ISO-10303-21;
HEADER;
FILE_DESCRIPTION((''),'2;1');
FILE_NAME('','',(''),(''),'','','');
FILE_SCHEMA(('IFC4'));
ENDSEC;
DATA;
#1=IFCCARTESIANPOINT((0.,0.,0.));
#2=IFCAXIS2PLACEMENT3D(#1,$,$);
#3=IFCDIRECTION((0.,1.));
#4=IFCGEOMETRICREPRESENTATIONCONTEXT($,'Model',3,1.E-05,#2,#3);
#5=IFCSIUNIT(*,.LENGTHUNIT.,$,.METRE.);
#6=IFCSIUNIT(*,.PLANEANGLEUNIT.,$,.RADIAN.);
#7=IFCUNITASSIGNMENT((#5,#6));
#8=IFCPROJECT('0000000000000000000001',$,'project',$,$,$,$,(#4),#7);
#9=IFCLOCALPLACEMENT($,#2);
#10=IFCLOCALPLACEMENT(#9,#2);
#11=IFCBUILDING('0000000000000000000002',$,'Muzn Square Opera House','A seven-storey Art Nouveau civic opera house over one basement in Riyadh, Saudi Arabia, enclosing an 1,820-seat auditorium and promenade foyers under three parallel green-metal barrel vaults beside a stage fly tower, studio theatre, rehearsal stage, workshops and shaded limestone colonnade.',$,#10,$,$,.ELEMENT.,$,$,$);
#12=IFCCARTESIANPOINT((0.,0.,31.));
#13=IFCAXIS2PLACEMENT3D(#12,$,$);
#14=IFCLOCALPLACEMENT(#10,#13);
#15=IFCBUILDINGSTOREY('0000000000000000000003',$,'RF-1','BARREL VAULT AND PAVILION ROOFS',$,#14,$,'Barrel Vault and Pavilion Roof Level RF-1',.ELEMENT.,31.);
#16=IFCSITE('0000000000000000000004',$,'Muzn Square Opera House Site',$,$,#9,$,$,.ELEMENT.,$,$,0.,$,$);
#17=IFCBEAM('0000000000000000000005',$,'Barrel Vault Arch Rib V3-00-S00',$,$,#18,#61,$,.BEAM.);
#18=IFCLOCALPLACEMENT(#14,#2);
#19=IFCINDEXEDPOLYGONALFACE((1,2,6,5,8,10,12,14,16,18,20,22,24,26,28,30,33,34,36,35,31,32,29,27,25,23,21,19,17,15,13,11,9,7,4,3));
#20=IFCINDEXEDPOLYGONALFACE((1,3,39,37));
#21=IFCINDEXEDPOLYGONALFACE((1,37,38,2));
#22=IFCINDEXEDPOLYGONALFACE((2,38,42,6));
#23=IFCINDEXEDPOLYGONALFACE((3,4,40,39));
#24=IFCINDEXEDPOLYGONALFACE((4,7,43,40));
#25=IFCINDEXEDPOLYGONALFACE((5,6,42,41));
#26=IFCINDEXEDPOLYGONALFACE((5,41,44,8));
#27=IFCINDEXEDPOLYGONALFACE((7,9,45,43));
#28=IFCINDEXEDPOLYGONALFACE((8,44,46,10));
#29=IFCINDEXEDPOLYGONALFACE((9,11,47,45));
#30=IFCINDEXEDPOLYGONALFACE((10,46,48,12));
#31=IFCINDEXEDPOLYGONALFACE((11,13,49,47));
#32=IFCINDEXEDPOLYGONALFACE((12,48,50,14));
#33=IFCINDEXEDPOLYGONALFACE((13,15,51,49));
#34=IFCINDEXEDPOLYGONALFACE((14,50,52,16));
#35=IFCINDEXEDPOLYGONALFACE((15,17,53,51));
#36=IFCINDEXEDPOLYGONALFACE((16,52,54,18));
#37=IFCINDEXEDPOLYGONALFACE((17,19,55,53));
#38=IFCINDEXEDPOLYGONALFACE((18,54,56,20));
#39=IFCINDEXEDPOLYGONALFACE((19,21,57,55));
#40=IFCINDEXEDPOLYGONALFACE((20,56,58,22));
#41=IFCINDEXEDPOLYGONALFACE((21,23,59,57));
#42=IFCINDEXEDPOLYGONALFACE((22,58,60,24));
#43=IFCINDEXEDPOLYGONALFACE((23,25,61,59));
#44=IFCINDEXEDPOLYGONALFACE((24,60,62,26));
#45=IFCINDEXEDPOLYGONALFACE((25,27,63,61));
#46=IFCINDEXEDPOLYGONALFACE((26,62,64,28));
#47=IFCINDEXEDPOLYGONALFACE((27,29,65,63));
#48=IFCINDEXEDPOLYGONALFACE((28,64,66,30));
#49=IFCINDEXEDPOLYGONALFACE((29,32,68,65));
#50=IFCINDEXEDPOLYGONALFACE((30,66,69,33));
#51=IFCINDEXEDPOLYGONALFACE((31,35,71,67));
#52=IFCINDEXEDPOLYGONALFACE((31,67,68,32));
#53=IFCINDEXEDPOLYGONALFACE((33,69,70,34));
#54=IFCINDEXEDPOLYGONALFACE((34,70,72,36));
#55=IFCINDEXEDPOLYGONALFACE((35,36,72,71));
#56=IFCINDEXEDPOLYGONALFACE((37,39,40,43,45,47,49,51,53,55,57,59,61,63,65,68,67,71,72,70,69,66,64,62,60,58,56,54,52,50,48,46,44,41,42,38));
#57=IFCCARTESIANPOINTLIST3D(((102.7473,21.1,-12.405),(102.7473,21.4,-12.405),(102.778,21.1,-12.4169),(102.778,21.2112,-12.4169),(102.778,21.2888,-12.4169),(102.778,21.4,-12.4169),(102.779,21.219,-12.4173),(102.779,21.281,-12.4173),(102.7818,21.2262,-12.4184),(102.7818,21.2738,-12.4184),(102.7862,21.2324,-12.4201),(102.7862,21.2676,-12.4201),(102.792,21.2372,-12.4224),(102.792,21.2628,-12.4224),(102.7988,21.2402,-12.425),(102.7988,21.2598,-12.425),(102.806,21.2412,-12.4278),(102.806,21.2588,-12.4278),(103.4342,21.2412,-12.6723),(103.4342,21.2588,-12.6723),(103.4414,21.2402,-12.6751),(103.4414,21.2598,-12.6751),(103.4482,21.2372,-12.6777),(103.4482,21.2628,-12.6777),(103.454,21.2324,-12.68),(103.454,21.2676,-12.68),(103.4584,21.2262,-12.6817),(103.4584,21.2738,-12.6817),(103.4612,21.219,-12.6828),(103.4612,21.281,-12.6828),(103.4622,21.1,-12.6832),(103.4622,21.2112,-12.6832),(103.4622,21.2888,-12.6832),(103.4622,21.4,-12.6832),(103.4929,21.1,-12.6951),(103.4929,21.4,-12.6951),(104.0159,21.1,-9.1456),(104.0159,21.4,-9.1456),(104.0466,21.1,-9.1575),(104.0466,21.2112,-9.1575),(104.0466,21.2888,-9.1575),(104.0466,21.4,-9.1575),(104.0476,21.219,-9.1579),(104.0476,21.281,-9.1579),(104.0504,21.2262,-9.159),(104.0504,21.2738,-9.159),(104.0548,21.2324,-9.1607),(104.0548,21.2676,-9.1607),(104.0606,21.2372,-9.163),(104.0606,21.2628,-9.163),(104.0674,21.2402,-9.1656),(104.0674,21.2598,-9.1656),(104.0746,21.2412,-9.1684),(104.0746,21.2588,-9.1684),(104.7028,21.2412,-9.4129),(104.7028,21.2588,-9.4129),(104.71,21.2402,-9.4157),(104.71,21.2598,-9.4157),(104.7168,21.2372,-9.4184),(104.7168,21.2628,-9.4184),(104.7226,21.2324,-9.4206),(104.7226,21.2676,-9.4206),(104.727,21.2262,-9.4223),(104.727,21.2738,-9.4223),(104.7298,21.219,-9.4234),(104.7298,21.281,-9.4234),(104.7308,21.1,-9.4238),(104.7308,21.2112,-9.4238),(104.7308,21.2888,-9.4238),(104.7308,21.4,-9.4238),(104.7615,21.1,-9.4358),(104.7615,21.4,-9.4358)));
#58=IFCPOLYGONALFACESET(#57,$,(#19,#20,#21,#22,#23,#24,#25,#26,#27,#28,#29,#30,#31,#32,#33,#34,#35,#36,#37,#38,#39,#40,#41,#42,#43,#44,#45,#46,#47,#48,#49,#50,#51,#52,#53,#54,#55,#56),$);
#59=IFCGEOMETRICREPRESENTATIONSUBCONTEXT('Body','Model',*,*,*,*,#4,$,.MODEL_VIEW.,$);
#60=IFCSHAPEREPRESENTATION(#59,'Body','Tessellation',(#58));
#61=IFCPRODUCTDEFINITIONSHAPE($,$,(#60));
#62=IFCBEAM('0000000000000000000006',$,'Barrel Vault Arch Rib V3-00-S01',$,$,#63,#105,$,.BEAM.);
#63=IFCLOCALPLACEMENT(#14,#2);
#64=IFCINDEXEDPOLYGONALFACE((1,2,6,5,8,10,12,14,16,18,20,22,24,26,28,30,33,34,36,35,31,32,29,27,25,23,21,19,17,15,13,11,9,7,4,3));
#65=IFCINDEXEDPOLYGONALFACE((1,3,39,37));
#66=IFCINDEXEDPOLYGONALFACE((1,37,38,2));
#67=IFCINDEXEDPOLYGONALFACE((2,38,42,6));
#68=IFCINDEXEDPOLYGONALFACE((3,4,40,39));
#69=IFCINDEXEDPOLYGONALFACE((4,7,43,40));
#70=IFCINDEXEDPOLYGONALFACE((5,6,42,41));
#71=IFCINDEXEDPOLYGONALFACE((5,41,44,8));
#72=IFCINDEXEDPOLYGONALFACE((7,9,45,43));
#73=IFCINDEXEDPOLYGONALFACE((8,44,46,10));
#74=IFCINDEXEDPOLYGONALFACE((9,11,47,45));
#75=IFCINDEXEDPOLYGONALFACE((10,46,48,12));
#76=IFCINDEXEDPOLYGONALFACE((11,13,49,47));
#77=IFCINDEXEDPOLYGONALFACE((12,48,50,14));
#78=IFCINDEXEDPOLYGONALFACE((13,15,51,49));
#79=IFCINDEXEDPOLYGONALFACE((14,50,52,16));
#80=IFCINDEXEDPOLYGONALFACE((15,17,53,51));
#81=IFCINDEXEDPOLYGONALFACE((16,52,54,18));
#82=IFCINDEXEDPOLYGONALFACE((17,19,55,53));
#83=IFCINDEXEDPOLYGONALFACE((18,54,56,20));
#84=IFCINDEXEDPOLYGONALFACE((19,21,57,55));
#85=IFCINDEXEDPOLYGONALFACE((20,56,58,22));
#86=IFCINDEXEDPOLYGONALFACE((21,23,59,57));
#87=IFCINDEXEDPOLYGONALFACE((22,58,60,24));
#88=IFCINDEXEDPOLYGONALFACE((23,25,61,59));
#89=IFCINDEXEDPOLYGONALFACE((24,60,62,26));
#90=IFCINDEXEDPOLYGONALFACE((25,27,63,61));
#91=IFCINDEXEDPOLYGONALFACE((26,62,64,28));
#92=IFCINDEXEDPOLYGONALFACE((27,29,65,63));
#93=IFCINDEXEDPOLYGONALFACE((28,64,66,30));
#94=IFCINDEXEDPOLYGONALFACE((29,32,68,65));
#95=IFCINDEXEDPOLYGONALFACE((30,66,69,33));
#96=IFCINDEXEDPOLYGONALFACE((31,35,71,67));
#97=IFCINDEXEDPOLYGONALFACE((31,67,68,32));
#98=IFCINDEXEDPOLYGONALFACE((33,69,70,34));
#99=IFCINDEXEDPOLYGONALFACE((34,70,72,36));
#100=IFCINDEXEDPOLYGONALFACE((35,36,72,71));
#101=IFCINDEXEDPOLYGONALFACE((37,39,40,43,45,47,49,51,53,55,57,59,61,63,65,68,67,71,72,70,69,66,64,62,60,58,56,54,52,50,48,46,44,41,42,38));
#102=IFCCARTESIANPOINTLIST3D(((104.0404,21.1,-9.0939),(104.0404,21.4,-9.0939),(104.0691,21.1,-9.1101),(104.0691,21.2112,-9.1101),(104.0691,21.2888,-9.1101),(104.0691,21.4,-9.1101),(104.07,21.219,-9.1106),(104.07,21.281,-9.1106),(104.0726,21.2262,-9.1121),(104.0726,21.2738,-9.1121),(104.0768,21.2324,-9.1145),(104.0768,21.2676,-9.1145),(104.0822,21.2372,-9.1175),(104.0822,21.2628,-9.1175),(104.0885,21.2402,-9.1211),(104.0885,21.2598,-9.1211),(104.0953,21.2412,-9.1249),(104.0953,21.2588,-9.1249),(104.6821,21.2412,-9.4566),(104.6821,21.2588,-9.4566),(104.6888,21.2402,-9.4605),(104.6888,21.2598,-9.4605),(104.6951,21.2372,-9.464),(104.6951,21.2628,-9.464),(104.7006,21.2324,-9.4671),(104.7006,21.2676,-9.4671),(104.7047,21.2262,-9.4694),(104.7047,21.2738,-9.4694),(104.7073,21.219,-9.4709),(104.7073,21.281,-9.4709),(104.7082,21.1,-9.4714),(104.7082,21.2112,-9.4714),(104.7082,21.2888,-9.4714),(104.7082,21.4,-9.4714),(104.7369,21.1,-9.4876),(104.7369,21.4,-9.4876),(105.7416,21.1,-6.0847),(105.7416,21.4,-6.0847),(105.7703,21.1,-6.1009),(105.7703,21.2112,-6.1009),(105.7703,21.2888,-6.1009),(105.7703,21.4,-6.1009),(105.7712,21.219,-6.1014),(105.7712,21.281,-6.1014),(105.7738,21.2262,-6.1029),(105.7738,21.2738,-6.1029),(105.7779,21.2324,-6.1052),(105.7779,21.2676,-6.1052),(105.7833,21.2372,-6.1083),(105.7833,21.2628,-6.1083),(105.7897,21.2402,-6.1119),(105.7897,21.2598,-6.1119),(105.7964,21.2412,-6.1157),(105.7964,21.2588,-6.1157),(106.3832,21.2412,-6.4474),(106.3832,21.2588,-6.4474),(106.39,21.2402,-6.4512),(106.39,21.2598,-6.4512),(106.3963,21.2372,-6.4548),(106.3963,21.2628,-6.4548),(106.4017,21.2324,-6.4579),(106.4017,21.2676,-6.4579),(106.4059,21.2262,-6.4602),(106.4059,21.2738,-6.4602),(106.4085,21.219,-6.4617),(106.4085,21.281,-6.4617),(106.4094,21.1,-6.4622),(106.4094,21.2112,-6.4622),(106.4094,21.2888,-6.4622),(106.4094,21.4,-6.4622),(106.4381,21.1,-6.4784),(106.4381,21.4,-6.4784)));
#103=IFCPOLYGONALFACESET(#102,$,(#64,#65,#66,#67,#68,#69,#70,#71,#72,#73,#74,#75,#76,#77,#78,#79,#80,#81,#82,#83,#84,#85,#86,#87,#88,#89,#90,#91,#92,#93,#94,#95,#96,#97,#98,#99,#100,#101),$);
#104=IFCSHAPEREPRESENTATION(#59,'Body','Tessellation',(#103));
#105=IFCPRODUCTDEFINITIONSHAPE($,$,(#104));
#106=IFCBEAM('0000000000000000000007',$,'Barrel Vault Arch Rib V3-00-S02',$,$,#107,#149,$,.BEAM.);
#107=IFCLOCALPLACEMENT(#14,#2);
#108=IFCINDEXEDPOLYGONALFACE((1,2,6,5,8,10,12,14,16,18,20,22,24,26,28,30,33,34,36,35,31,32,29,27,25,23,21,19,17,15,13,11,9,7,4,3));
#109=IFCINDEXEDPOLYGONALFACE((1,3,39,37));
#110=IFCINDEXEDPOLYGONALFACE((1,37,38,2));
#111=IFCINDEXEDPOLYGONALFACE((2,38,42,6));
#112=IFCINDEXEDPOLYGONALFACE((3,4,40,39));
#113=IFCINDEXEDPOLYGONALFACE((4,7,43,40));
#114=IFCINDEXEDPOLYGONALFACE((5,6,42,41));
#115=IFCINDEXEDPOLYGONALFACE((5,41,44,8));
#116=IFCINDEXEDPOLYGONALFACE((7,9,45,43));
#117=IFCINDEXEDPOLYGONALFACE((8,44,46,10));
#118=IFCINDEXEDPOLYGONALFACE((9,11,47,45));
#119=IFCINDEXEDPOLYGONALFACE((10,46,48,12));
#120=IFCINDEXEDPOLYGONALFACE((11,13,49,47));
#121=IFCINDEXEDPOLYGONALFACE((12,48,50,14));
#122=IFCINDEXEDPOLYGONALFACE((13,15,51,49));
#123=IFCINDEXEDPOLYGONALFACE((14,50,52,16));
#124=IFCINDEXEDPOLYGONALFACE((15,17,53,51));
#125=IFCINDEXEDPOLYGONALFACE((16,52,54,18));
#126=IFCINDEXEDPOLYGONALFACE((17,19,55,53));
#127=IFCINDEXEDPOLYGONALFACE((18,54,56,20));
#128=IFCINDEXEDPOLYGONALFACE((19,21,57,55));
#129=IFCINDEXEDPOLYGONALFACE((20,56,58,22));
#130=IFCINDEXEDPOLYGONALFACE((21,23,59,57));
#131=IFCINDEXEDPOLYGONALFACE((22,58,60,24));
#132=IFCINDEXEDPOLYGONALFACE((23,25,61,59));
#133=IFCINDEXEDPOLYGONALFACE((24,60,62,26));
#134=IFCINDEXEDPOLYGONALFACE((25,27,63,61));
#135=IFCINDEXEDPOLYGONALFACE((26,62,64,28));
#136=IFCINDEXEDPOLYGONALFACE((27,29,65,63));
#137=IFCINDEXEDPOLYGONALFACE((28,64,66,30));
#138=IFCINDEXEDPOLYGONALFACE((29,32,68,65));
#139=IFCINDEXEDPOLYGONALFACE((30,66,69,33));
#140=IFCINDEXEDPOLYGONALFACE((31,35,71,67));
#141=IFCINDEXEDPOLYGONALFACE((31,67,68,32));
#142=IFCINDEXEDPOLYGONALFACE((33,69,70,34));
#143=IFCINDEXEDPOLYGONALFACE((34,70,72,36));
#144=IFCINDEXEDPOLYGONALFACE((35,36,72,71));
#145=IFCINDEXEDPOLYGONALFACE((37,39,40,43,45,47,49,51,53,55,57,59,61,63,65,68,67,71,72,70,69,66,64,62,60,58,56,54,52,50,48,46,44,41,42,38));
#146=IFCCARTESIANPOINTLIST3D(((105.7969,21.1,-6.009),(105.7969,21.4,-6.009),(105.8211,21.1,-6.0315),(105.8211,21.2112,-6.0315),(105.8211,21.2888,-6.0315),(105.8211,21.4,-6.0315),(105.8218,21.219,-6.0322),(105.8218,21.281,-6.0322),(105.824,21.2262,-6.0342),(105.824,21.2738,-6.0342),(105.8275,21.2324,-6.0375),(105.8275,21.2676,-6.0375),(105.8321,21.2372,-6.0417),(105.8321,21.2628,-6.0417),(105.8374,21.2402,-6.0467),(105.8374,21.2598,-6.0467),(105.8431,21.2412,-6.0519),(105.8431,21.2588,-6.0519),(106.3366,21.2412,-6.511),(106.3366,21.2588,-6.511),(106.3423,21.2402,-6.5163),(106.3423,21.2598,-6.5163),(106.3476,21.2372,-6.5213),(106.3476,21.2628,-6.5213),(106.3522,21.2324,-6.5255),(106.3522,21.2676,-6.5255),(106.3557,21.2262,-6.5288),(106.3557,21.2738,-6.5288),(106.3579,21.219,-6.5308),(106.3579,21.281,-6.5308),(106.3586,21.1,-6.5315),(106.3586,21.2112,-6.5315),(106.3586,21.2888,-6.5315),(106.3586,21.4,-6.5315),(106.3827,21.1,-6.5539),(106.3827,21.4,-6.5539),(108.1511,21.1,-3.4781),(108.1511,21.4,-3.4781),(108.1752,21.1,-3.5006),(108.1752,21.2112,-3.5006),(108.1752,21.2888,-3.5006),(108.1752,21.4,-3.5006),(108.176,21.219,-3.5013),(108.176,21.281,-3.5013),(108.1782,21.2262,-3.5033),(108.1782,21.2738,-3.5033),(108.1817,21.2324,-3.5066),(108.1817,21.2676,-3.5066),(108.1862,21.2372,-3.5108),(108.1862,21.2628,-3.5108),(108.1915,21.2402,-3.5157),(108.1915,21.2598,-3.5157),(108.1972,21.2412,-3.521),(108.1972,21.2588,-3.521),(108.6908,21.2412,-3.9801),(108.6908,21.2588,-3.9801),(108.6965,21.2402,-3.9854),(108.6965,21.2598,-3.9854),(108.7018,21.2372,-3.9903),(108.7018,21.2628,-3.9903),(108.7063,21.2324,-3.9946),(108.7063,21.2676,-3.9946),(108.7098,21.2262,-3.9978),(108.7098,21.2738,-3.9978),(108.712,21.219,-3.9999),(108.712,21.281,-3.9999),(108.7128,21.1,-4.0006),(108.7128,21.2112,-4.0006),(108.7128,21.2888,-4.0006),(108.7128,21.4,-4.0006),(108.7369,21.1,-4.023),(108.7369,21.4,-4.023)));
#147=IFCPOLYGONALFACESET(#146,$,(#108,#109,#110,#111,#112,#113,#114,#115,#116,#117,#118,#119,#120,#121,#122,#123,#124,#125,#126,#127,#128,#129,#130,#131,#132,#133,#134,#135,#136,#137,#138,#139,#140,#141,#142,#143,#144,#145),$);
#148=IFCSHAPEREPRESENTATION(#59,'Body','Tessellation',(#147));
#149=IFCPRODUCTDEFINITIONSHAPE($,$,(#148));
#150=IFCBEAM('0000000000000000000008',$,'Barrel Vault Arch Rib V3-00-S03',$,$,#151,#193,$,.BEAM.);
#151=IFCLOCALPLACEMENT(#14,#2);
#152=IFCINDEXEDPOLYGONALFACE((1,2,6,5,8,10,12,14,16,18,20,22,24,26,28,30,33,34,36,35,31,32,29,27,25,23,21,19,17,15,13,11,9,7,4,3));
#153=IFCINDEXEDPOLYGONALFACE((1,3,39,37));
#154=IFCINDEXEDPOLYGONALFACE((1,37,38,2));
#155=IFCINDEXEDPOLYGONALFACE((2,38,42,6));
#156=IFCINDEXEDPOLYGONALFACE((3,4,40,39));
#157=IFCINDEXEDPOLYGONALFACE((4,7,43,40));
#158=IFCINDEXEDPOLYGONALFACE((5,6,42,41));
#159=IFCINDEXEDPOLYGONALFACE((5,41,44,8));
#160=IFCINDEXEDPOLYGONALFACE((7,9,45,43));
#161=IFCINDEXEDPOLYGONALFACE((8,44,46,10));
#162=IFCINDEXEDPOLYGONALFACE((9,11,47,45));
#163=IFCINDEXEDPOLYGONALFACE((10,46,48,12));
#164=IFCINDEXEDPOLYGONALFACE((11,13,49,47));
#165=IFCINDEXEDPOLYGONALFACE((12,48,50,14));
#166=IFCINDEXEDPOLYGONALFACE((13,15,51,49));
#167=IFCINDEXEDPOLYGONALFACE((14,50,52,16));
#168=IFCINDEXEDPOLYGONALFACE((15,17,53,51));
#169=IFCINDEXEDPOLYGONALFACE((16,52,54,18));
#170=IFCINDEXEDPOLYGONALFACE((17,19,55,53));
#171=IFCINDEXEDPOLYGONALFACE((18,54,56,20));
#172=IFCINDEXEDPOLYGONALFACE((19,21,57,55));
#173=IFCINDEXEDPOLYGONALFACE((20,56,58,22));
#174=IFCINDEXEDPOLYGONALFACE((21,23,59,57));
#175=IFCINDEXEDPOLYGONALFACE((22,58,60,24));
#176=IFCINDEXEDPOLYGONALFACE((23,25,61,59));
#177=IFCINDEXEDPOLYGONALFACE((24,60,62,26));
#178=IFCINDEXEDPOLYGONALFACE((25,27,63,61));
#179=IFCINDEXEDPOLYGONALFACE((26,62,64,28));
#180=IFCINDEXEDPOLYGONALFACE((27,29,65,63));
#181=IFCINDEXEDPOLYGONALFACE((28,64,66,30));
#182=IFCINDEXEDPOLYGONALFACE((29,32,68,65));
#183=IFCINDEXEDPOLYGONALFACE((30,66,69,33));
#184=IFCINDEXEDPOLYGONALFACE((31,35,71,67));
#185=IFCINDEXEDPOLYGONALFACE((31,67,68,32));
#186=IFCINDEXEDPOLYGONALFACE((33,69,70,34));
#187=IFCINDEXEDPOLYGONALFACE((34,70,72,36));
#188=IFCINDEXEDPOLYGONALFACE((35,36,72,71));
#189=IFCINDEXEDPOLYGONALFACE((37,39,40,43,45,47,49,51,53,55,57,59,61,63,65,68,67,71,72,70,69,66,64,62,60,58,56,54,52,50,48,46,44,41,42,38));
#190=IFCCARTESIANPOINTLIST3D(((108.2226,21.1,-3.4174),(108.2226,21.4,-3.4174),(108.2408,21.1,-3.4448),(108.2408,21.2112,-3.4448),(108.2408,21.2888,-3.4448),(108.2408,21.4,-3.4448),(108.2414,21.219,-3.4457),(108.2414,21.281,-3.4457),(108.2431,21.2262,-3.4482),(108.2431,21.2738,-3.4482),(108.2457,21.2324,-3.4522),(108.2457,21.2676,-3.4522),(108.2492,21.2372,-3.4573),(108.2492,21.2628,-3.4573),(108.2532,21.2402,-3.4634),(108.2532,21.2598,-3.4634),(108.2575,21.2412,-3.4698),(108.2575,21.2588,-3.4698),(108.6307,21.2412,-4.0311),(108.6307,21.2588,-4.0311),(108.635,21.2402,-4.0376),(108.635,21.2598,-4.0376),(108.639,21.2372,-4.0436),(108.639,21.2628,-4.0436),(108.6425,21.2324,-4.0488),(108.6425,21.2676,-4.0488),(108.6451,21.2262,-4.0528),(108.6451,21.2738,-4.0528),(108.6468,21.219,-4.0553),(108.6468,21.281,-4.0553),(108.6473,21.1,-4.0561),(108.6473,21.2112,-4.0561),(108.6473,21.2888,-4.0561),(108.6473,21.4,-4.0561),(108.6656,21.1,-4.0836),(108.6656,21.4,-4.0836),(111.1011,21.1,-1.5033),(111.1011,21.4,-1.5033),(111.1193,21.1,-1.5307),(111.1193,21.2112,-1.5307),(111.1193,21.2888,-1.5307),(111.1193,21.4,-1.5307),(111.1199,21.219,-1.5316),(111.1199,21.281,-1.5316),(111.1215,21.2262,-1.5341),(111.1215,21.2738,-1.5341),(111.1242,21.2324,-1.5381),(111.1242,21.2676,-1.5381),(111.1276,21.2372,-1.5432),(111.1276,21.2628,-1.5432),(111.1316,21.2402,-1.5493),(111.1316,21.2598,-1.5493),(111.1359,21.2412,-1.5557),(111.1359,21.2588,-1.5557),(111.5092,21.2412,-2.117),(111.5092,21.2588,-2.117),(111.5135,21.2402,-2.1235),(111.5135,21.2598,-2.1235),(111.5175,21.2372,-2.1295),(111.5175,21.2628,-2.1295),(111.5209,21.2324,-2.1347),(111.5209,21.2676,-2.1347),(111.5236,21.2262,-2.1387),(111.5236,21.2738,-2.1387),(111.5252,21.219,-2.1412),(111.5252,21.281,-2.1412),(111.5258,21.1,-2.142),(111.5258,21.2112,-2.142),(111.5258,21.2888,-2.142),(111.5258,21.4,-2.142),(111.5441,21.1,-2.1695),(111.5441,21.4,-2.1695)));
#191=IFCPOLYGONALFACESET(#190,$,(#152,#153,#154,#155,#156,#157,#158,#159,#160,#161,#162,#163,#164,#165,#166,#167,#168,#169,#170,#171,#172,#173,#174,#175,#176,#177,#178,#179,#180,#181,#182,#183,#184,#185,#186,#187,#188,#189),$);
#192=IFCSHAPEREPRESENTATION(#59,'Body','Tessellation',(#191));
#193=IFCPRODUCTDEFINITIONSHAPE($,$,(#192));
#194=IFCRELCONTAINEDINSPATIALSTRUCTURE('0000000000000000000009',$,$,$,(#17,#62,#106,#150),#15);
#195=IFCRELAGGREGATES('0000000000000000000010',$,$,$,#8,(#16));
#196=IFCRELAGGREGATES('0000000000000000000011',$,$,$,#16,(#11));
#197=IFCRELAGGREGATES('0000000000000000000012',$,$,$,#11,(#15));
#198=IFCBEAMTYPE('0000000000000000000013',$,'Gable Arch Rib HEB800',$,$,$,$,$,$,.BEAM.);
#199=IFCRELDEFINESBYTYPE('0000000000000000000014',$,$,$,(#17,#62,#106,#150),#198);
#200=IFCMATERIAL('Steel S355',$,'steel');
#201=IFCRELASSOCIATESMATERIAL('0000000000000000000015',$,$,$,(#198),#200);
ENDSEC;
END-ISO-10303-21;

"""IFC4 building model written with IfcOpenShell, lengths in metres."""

from ifc_helpers import new_model, si_unit, direction, frame, origin, origin_2d, place, context, subcontext, project, spatial, i_section, extrude, material, material_profile, profile_set, type_object, element, save


model = new_model("IFC4")

# Units and contexts
model_context = context("Model", 3, precision=1e-05, world=origin(), true_north=direction((0.0, 1.0)))
body_context = subcontext(model_context, "Body", "Model", "MODEL_VIEW")
ifc_project = project(units=[si_unit("LENGTHUNIT", "METRE"), si_unit("PLANEANGLEUNIT", "RADIAN")], contexts=[model_context])

# Site, building, storey
site_placement = place(None, origin())
site = spatial("IfcSite", under=ifc_project, at=site_placement, Name="Muzn Square Opera House Site", CompositionType="ELEMENT", RefElevation=0.0)
building_placement = place(site_placement, origin())
building = spatial("IfcBuilding", under=site, at=building_placement, Name="Muzn Square Opera House", Description="A seven-storey Art Nouveau civic opera house over one basement in Riyadh, Saudi Arabia, enclosing an 1,820-seat auditorium and promenade foyers under three parallel green-metal barrel vaults beside a stage fly tower, studio theatre, rehearsal stage, workshops and shaded limestone colonnade.", CompositionType="ELEMENT")
storey_placement = place(building_placement, frame((0.0, 0.0, 31.0)))
storey = spatial("IfcBuildingStorey", under=building, at=storey_placement, Name="RF-1", Description="BARREL VAULT AND PAVILION ROOFS", LongName="Barrel Vault and Pavilion Roof Level RF-1", CompositionType="ELEMENT", Elevation=31.0)

# Beams
ifc_material_1 = material(Name="Steel S355", Category="steel")
ifc_material_profile_1 = material_profile(ifc_material_1, i_section(OverallWidth=0.3, OverallDepth=0.8, WebThickness=0.0176, FlangeThickness=0.033, FilletRadius=0.03, at=origin_2d()), Name="HEB 800", Category="steel")
ifc_profile_set_1 = profile_set([ifc_material_profile_1], Name="Steel S355")
beam_type_1 = type_object("IfcBeamType", Name="Gable Arch Rib HEB800", PredefinedType="BEAM", material=ifc_profile_set_1)
beam_1_placement = place(storey_placement, frame((103.1201, 21.25, -12.55), z_axis=(0.362709, 0.0, 0.931902), x_axis=(0.0, 1.0, 0.0)))
element("IfcBeam", 1, at=beam_1_placement, inside=storey, type_object=beam_type_1, Name="Barrel Vault Arch Rib V3-00-S00", PredefinedType="BEAM", context=body_context, shape_type="SweptSolid", body=[
    extrude(i_section(OverallWidth=0.3, OverallDepth=0.8, WebThickness=0.0176, FlangeThickness=0.033, FilletRadius=0.03, at=origin_2d()), origin(), (0.0, 0.0, 1.0), 3.4976),
])
beam_2_placement = place(storey_placement, frame((104.3887, 21.25, -9.2908), z_axis=(0.492118, 0.0, 0.870529), x_axis=(0.0, 1.0, 0.0)))
element("IfcBeam", 2, at=beam_2_placement, inside=storey, type_object=beam_type_1, Name="Barrel Vault Arch Rib V3-00-S01", PredefinedType="BEAM", context=body_context, shape_type="SweptSolid", body=[
    extrude(i_section(OverallWidth=0.3, OverallDepth=0.8, WebThickness=0.0176, FlangeThickness=0.033, FilletRadius=0.03, at=origin_2d()), origin(), (0.0, 0.0, 1.0), 3.4568),
])
beam_3_placement = place(storey_placement, frame((106.0898, 21.25, -6.2815), z_axis=(0.681077, 0.0, 0.732212), x_axis=(0.0, 1.0, 0.0)))
element("IfcBeam", 3, at=beam_3_placement, inside=storey, type_object=beam_type_1, Name="Barrel Vault Arch Rib V3-00-S02", PredefinedType="BEAM", context=body_context, shape_type="SweptSolid", body=[
    extrude(i_section(OverallWidth=0.3, OverallDepth=0.8, WebThickness=0.0176, FlangeThickness=0.033, FilletRadius=0.03, at=origin_2d()), origin(), (0.0, 0.0, 1.0), 3.4565),
])
beam_4_placement = place(storey_placement, frame((108.4441, 21.25, -3.7505), z_axis=(0.832702, 0.0, 0.553722), x_axis=(0.0, 1.0, 0.0)))
element("IfcBeam", 4, at=beam_4_placement, inside=storey, type_object=beam_type_1, Name="Barrel Vault Arch Rib V3-00-S03", PredefinedType="BEAM", context=body_context, shape_type="SweptSolid", body=[
    extrude(i_section(OverallWidth=0.3, OverallDepth=0.8, WebThickness=0.0176, FlangeThickness=0.033, FilletRadius=0.03, at=origin_2d()), origin(), (0.0, 0.0, 1.0), 3.4568),
])

save(model, "model.ifc")
